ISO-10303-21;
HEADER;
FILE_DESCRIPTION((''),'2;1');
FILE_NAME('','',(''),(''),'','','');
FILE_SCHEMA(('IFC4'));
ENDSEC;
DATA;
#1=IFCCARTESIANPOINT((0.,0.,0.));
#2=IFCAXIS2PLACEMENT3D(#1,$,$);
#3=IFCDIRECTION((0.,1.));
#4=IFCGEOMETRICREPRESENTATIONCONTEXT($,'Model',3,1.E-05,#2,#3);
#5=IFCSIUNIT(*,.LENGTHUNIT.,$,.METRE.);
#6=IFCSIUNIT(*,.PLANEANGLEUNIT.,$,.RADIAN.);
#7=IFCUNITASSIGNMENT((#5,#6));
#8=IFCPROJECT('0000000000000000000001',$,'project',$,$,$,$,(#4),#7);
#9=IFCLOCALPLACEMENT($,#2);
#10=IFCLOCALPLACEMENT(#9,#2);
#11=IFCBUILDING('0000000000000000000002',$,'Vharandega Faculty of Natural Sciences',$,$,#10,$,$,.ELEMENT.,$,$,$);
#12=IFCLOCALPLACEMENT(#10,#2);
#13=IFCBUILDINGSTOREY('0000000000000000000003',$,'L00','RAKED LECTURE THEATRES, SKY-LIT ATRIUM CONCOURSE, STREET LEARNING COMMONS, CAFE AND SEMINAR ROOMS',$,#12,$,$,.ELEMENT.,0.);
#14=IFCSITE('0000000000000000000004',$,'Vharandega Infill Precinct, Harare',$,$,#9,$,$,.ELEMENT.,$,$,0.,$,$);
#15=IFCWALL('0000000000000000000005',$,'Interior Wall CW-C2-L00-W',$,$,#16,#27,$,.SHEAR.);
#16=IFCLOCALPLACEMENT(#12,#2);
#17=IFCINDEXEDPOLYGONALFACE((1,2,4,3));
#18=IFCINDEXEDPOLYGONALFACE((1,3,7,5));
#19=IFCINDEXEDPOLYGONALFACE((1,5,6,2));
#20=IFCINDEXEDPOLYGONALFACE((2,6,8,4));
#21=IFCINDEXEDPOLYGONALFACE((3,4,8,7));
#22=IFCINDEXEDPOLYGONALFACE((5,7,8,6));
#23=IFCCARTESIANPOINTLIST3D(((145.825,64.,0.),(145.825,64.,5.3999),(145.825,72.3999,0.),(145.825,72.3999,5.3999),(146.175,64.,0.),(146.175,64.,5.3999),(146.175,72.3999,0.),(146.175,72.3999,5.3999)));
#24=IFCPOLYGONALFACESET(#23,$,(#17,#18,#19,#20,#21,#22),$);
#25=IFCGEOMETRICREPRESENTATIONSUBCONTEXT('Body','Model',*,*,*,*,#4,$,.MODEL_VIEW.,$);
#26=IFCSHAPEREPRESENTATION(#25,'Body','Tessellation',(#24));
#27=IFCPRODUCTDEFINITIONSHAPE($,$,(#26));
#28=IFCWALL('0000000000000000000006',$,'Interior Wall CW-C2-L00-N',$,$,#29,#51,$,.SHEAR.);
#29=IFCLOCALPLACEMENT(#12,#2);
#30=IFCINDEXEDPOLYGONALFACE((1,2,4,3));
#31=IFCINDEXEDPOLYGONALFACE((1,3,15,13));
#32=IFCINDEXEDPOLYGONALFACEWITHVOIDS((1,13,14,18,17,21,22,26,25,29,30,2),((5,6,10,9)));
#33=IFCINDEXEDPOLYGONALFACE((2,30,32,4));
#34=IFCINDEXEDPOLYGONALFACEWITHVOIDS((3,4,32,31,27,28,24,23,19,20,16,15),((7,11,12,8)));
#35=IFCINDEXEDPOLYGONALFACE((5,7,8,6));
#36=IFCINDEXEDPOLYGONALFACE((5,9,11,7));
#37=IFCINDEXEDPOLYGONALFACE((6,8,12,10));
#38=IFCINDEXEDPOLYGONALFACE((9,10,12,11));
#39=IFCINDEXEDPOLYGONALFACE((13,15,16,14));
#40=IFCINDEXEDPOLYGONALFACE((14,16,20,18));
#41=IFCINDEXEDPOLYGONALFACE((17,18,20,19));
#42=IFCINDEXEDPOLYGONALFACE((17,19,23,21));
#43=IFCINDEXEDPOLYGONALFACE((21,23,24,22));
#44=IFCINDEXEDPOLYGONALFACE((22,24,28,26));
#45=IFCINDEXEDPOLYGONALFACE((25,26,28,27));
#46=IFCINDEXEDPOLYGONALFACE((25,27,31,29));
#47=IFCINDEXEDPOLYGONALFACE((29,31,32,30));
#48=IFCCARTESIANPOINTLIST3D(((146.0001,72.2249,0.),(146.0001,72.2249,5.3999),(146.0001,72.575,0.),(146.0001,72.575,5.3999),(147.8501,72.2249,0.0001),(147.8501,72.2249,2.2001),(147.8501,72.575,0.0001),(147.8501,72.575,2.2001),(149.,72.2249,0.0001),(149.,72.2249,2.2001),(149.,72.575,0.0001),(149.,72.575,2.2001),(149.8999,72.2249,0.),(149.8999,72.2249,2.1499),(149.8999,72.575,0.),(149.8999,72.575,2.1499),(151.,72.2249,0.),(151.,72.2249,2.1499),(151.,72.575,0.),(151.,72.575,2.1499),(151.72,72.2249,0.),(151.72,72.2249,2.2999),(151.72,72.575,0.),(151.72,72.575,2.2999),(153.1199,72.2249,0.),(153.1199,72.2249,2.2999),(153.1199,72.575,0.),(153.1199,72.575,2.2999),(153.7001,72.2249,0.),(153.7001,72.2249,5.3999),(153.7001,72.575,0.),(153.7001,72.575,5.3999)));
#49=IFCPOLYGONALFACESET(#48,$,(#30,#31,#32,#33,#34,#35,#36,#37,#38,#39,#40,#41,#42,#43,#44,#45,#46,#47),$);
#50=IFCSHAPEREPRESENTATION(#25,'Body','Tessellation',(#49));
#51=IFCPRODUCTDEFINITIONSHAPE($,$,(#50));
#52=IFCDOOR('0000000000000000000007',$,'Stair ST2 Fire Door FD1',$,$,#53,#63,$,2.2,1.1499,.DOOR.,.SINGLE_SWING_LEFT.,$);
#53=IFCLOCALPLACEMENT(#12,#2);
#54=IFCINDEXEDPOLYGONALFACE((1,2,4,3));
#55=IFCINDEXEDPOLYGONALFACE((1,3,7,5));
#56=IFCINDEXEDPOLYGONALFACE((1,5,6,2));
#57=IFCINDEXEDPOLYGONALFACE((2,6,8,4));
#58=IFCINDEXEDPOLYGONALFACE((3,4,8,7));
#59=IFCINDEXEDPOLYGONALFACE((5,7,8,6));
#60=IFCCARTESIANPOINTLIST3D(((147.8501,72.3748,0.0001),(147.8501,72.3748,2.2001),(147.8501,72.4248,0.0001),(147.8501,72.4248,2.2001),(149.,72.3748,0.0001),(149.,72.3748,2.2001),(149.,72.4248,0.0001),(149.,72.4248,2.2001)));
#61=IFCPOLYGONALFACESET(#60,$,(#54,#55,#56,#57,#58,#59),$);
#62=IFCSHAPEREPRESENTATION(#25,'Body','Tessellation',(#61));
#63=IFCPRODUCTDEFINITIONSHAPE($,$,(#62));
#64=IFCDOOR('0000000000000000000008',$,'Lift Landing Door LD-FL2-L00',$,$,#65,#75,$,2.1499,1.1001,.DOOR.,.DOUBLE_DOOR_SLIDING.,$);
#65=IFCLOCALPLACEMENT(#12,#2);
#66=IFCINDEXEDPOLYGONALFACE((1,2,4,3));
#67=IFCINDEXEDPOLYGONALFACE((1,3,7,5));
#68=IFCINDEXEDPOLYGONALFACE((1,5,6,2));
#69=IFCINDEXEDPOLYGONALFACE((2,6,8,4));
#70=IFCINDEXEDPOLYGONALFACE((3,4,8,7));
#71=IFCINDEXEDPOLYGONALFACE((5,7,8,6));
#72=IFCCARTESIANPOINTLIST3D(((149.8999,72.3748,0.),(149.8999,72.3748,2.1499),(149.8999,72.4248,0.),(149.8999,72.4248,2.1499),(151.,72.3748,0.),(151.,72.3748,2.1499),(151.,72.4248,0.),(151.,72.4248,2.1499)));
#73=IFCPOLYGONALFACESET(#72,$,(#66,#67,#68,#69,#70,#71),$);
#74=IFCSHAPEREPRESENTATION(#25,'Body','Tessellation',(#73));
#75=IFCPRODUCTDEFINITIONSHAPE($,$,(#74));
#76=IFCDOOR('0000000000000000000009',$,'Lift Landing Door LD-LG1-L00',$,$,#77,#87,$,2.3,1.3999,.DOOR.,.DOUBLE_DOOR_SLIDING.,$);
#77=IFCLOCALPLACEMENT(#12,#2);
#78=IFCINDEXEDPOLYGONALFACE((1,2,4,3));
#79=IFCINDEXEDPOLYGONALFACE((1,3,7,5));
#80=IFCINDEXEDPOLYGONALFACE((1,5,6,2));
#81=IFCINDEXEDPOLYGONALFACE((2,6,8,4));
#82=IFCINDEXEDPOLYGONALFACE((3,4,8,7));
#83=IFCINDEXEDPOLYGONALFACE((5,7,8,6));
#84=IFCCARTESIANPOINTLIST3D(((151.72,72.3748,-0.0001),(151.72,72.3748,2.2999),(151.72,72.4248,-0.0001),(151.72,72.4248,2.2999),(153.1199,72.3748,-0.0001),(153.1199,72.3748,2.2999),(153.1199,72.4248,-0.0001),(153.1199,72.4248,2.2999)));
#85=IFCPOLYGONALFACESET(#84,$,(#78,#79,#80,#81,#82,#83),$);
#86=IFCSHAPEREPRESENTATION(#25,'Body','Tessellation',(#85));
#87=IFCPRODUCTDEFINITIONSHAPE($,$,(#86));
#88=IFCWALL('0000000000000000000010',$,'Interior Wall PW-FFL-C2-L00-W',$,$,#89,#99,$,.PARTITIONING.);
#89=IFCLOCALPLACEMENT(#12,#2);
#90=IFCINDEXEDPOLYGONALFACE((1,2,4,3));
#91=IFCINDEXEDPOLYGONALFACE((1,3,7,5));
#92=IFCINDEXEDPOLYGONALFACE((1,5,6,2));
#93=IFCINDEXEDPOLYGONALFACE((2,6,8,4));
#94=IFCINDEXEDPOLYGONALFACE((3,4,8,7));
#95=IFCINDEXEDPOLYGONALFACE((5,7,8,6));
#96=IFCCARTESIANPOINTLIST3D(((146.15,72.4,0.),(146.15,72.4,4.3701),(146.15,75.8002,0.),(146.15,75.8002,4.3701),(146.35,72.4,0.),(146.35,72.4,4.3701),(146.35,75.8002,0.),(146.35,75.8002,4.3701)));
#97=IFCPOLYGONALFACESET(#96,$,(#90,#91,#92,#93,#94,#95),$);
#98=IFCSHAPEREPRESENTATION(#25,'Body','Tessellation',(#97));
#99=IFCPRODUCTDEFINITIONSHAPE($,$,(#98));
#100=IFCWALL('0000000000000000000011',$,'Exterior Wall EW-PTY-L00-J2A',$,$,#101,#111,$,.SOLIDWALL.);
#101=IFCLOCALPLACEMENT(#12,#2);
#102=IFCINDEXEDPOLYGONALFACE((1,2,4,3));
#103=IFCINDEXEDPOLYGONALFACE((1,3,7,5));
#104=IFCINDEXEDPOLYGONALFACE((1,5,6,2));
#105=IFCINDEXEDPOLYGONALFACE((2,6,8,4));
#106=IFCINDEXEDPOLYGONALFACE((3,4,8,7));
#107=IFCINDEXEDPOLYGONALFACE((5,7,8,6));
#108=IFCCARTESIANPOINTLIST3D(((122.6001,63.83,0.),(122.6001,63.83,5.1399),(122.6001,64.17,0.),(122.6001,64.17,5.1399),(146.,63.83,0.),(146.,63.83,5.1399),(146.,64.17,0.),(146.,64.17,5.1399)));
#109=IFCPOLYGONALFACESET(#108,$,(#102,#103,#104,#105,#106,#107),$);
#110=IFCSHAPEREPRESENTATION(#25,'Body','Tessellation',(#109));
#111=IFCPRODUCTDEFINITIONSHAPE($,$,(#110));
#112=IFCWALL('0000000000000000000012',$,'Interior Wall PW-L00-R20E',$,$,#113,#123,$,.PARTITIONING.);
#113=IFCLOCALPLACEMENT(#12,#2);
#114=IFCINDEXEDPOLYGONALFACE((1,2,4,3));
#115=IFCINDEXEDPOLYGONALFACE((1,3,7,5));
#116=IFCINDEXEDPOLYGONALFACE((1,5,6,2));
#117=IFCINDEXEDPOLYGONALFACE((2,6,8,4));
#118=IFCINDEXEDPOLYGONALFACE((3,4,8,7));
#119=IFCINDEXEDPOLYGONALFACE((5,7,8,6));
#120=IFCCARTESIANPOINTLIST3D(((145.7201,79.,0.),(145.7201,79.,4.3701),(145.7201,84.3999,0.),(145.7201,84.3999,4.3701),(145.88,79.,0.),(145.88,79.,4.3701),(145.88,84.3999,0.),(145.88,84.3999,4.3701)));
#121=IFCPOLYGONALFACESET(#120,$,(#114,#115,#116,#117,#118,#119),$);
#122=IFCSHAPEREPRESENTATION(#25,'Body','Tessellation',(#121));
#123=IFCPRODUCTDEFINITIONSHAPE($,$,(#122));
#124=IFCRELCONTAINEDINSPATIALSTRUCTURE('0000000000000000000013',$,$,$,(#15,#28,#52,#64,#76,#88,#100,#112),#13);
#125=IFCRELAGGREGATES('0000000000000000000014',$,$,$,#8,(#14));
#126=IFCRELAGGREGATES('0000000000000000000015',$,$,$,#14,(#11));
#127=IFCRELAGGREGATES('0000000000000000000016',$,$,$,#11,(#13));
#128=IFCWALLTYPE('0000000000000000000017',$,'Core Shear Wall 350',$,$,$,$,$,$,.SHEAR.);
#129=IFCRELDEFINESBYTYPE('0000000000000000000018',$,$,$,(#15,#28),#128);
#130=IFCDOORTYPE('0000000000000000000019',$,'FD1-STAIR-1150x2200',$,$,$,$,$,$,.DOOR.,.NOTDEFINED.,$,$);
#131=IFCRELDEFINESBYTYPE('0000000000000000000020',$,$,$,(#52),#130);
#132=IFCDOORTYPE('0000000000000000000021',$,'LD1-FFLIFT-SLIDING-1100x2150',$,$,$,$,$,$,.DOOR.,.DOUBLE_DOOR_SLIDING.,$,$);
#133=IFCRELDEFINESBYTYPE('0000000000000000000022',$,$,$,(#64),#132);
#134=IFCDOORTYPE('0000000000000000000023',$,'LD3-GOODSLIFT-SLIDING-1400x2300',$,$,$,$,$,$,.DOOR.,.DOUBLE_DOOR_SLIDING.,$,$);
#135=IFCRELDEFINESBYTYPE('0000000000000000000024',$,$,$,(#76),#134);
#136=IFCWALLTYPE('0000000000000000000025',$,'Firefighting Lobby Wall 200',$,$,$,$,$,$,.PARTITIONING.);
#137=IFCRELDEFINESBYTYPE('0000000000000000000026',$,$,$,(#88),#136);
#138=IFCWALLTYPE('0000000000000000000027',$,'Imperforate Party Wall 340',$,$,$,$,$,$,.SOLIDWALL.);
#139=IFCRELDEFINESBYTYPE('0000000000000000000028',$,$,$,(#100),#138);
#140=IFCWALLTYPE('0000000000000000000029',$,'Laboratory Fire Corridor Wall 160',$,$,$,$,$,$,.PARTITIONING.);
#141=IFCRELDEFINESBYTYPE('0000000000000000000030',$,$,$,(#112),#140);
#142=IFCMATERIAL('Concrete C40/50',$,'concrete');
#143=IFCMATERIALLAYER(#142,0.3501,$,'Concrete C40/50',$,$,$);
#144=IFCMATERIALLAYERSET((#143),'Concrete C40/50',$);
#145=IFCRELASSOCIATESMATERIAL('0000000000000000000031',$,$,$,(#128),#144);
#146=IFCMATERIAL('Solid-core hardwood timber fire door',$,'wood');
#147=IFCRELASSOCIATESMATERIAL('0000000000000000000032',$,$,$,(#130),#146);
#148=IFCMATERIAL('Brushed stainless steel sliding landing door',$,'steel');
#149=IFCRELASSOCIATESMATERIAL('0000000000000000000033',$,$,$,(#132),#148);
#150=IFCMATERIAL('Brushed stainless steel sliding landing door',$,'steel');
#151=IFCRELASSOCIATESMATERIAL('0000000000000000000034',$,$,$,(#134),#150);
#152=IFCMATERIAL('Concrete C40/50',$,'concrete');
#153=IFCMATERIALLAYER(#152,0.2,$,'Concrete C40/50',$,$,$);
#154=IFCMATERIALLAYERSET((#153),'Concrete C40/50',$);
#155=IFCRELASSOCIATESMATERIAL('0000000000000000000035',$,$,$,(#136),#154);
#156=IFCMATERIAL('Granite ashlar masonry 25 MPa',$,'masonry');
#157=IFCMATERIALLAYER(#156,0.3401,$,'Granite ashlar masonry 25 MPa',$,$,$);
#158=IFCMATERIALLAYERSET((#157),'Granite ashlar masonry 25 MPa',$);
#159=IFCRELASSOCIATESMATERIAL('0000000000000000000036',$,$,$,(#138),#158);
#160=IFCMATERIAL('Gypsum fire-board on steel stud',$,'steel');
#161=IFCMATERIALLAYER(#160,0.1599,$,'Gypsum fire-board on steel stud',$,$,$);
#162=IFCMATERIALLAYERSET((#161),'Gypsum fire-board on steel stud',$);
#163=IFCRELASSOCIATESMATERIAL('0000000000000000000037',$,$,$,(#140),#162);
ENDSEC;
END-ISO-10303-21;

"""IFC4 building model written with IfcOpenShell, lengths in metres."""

from ifc_helpers import new_model, si_unit, direction, frame, frame_2d, origin, place, context, subcontext, project, spatial, rectangle, extrude, material, layer, layer_set, type_object, element, fill, save


model = new_model("IFC4")

# Units and contexts
model_context = context("Model", 3, precision=1e-05, world=origin(), true_north=direction((0.0, 1.0)))
body_context = subcontext(model_context, "Body", "Model", "MODEL_VIEW")
ifc_project = project(units=[si_unit("LENGTHUNIT", "METRE"), si_unit("PLANEANGLEUNIT", "RADIAN")], contexts=[model_context])

# Site, building, storey
site_placement = place(None, origin())
site = spatial("IfcSite", under=ifc_project, at=site_placement, Name="Vharandega Infill Precinct, Harare", CompositionType="ELEMENT", RefElevation=0.0)
building_placement = place(site_placement, origin())
building = spatial("IfcBuilding", under=site, at=building_placement, Name="Vharandega Faculty of Natural Sciences", CompositionType="ELEMENT")
storey_placement = place(building_placement, origin())
storey = spatial("IfcBuildingStorey", under=building, at=storey_placement, Name="L00", Description="RAKED LECTURE THEATRES, SKY-LIT ATRIUM CONCOURSE, STREET LEARNING COMMONS, CAFE AND SEMINAR ROOMS", CompositionType="ELEMENT", Elevation=0.0)

# Wall
ifc_material_1 = material(Name="Concrete C40/50", Category="concrete")
ifc_layer_1 = layer(ifc_material_1, 0.3501, Name="Concrete C40/50")
ifc_layer_set_1 = layer_set([ifc_layer_1], Name="Concrete C40/50")
wall_type_1 = type_object("IfcWallType", Name="Core Shear Wall 350", PredefinedType="SHEAR", material=ifc_layer_set_1)
wall_1_placement = place(storey_placement, frame((146.0, 64.0, 0.0), z_axis=(0.0, 0.0, 1.0), x_axis=(0.0, 1.0, 0.0)))
element("IfcWall", 1, at=wall_1_placement, inside=storey, type_object=wall_type_1, Name="Interior Wall CW-C2-L00-W", PredefinedType="SHEAR", context=body_context, shape_type="SweptSolid", body=[
    extrude(rectangle(XDim=8.3999, YDim=0.3501, at=frame_2d((4.2, 0.0))), origin(), (0.0, 0.0, 1.0), 5.3999),
])

# Wall, openings, doors
wall_2_placement = place(storey_placement, frame((146.0, 72.3999, 0.0), z_axis=(0.0, 0.0, 1.0), x_axis=(1.0, 0.0, 0.0)))
wall_2 = element("IfcWall", 2, at=wall_2_placement, inside=storey, type_object=wall_type_1, Name="Interior Wall CW-C2-L00-N", PredefinedType="SHEAR", context=body_context, shape_type="SweptSolid", body=[
    extrude(rectangle(XDim=7.7, YDim=0.3501, at=frame_2d((3.8501, 0.0))), origin(), (0.0, 0.0, 1.0), 5.3999),
])
opening_1_placement = place(wall_2_placement, frame((1.8501, 0.0, 0.0)))
opening_1 = element("IfcOpeningElement", 3, at=opening_1_placement, cuts=wall_2, PredefinedType="OPENING", context=body_context, shape_type="SweptSolid", body=[
    extrude(rectangle(XDim=1.1499, YDim=2.2, at=frame_2d((0.575, 1.1001))), frame((0.0, 0.1851, 0.0), z_axis=(0.0, -1.0, 0.0), x_axis=(1.0, 0.0, 0.0)), (0.0, 0.0, 1.0), 0.3701),
])
opening_2_placement = place(wall_2_placement, frame((3.8999, 0.0, 0.0)))
opening_2 = element("IfcOpeningElement", 4, at=opening_2_placement, cuts=wall_2, PredefinedType="OPENING", context=body_context, shape_type="SweptSolid", body=[
    extrude(rectangle(XDim=1.1001, YDim=2.1499, at=frame_2d((0.55, 1.075))), frame((0.0, 0.1851, 0.0), z_axis=(0.0, -1.0, 0.0), x_axis=(1.0, 0.0, 0.0)), (0.0, 0.0, 1.0), 0.3701),
])
opening_3_placement = place(wall_2_placement, frame((5.72, 0.0, 0.0)))
opening_3 = element("IfcOpeningElement", 5, at=opening_3_placement, cuts=wall_2, PredefinedType="OPENING", context=body_context, shape_type="SweptSolid", body=[
    extrude(rectangle(XDim=1.3999, YDim=2.3, at=frame_2d((0.7, 1.1499))), frame((0.0, 0.1851, 0.0), z_axis=(0.0, -1.0, 0.0), x_axis=(1.0, 0.0, 0.0)), (0.0, 0.0, 1.0), 0.3701),
])
ifc_material_2 = material(Name="Solid-core hardwood timber fire door", Category="wood")
door_type_1 = type_object("IfcDoorType", Name="FD1-STAIR-1150x2200", OperationType="NOTDEFINED", PredefinedType="DOOR", material=ifc_material_2)
door_1_placement = place(opening_1_placement, origin())
door_1 = element("IfcDoor", 6, at=door_1_placement, inside=storey, type_object=door_type_1, Name="Stair ST2 Fire Door FD1", OperationType="SINGLE_SWING_LEFT", OverallHeight=2.2, OverallWidth=1.1499, PredefinedType="DOOR", context=body_context, shape_type="SweptSolid", body=[
    extrude(rectangle(XDim=1.1499, YDim=2.2, at=frame_2d((0.575, 1.1001))), frame((0.0, 0.0249, 0.0), z_axis=(0.0, -1.0, 0.0), x_axis=(1.0, 0.0, 0.0)), (0.0, 0.0, 1.0), 0.05),
])
fill(opening_1, door_1)
ifc_material_3 = material(Name="Brushed stainless steel sliding landing door", Category="steel")
door_type_2 = type_object("IfcDoorType", Name="LD1-FFLIFT-SLIDING-1100x2150", OperationType="DOUBLE_DOOR_SLIDING", PredefinedType="DOOR", material=ifc_material_3)
door_2_placement = place(opening_2_placement, origin())
door_2 = element("IfcDoor", 7, at=door_2_placement, inside=storey, type_object=door_type_2, Name="Lift Landing Door LD-FL2-L00", OperationType="DOUBLE_DOOR_SLIDING", OverallHeight=2.1499, OverallWidth=1.1001, PredefinedType="DOOR", context=body_context, shape_type="SweptSolid", body=[
    extrude(rectangle(XDim=1.1001, YDim=2.1499, at=frame_2d((0.55, 1.075))), frame((0.0, 0.0249, 0.0), z_axis=(0.0, -1.0, 0.0), x_axis=(1.0, 0.0, 0.0)), (0.0, 0.0, 1.0), 0.05),
])
fill(opening_2, door_2)
ifc_material_4 = material(Name="Brushed stainless steel sliding landing door", Category="steel")
door_type_3 = type_object("IfcDoorType", Name="LD3-GOODSLIFT-SLIDING-1400x2300", OperationType="DOUBLE_DOOR_SLIDING", PredefinedType="DOOR", material=ifc_material_4)
door_3_placement = place(opening_3_placement, origin())
door_3 = element("IfcDoor", 8, at=door_3_placement, inside=storey, type_object=door_type_3, Name="Lift Landing Door LD-LG1-L00", OperationType="DOUBLE_DOOR_SLIDING", OverallHeight=2.3, OverallWidth=1.3999, PredefinedType="DOOR", context=body_context, shape_type="SweptSolid", body=[
    extrude(rectangle(XDim=1.3999, YDim=2.3, at=frame_2d((0.7, 1.1499))), frame((0.0, 0.0249, 0.0), z_axis=(0.0, -1.0, 0.0), x_axis=(1.0, 0.0, 0.0)), (0.0, 0.0, 1.0), 0.05),
])
fill(opening_3, door_3)

# Walls
ifc_material_5 = material(Name="Concrete C40/50", Category="concrete")
ifc_layer_2 = layer(ifc_material_5, 0.2, Name="Concrete C40/50")
ifc_layer_set_2 = layer_set([ifc_layer_2], Name="Concrete C40/50")
wall_type_2 = type_object("IfcWallType", Name="Firefighting Lobby Wall 200", PredefinedType="PARTITIONING", material=ifc_layer_set_2)
wall_3_placement = place(storey_placement, frame((146.25, 72.3999, 0.0), z_axis=(0.0, 0.0, 1.0), x_axis=(0.0, 1.0, 0.0)))
element("IfcWall", 9, at=wall_3_placement, inside=storey, type_object=wall_type_2, Name="Interior Wall PW-FFL-C2-L00-W", PredefinedType="PARTITIONING", context=body_context, shape_type="SweptSolid", body=[
    extrude(rectangle(XDim=3.4001, YDim=0.2, at=frame_2d((1.7002, 0.0))), origin(), (0.0, 0.0, 1.0), 4.3701),
])
ifc_material_6 = material(Name="Granite ashlar masonry 25 MPa", Category="masonry")
ifc_layer_3 = layer(ifc_material_6, 0.3401, Name="Granite ashlar masonry 25 MPa")
ifc_layer_set_3 = layer_set([ifc_layer_3], Name="Granite ashlar masonry 25 MPa")
wall_type_3 = type_object("IfcWallType", Name="Imperforate Party Wall 340", PredefinedType="SOLIDWALL", material=ifc_layer_set_3)
wall_4_placement = place(storey_placement, frame((146.0, 64.0, 0.0), z_axis=(0.0, 0.0, 1.0), x_axis=(-1.0, 0.0, 0.0)))
element("IfcWall", 10, at=wall_4_placement, inside=storey, type_object=wall_type_3, Name="Exterior Wall EW-PTY-L00-J2A", PredefinedType="SOLIDWALL", context=body_context, shape_type="SweptSolid", body=[
    extrude(rectangle(XDim=23.3999, YDim=0.3401, at=frame_2d((11.7, 0.0))), origin(), (0.0, 0.0, 1.0), 5.1399),
])
ifc_material_7 = material(Name="Gypsum fire-board on steel stud", Category="steel")
ifc_layer_4 = layer(ifc_material_7, 0.1599, Name="Gypsum fire-board on steel stud")
ifc_layer_set_4 = layer_set([ifc_layer_4], Name="Gypsum fire-board on steel stud")
wall_type_4 = type_object("IfcWallType", Name="Laboratory Fire Corridor Wall 160", PredefinedType="PARTITIONING", material=ifc_layer_set_4)
wall_5_placement = place(storey_placement, frame((145.8, 79.0, 0.0), z_axis=(0.0, 0.0, 1.0), x_axis=(0.0, 1.0, 0.0)))
element("IfcWall", 11, at=wall_5_placement, inside=storey, type_object=wall_type_4, Name="Interior Wall PW-L00-R20E", PredefinedType="PARTITIONING", context=body_context, shape_type="SweptSolid", body=[
    extrude(rectangle(XDim=5.3999, YDim=0.1599, at=frame_2d((2.7, 0.0))), origin(), (0.0, 0.0, 1.0), 4.3701),
])

save(model, "model.ifc")
